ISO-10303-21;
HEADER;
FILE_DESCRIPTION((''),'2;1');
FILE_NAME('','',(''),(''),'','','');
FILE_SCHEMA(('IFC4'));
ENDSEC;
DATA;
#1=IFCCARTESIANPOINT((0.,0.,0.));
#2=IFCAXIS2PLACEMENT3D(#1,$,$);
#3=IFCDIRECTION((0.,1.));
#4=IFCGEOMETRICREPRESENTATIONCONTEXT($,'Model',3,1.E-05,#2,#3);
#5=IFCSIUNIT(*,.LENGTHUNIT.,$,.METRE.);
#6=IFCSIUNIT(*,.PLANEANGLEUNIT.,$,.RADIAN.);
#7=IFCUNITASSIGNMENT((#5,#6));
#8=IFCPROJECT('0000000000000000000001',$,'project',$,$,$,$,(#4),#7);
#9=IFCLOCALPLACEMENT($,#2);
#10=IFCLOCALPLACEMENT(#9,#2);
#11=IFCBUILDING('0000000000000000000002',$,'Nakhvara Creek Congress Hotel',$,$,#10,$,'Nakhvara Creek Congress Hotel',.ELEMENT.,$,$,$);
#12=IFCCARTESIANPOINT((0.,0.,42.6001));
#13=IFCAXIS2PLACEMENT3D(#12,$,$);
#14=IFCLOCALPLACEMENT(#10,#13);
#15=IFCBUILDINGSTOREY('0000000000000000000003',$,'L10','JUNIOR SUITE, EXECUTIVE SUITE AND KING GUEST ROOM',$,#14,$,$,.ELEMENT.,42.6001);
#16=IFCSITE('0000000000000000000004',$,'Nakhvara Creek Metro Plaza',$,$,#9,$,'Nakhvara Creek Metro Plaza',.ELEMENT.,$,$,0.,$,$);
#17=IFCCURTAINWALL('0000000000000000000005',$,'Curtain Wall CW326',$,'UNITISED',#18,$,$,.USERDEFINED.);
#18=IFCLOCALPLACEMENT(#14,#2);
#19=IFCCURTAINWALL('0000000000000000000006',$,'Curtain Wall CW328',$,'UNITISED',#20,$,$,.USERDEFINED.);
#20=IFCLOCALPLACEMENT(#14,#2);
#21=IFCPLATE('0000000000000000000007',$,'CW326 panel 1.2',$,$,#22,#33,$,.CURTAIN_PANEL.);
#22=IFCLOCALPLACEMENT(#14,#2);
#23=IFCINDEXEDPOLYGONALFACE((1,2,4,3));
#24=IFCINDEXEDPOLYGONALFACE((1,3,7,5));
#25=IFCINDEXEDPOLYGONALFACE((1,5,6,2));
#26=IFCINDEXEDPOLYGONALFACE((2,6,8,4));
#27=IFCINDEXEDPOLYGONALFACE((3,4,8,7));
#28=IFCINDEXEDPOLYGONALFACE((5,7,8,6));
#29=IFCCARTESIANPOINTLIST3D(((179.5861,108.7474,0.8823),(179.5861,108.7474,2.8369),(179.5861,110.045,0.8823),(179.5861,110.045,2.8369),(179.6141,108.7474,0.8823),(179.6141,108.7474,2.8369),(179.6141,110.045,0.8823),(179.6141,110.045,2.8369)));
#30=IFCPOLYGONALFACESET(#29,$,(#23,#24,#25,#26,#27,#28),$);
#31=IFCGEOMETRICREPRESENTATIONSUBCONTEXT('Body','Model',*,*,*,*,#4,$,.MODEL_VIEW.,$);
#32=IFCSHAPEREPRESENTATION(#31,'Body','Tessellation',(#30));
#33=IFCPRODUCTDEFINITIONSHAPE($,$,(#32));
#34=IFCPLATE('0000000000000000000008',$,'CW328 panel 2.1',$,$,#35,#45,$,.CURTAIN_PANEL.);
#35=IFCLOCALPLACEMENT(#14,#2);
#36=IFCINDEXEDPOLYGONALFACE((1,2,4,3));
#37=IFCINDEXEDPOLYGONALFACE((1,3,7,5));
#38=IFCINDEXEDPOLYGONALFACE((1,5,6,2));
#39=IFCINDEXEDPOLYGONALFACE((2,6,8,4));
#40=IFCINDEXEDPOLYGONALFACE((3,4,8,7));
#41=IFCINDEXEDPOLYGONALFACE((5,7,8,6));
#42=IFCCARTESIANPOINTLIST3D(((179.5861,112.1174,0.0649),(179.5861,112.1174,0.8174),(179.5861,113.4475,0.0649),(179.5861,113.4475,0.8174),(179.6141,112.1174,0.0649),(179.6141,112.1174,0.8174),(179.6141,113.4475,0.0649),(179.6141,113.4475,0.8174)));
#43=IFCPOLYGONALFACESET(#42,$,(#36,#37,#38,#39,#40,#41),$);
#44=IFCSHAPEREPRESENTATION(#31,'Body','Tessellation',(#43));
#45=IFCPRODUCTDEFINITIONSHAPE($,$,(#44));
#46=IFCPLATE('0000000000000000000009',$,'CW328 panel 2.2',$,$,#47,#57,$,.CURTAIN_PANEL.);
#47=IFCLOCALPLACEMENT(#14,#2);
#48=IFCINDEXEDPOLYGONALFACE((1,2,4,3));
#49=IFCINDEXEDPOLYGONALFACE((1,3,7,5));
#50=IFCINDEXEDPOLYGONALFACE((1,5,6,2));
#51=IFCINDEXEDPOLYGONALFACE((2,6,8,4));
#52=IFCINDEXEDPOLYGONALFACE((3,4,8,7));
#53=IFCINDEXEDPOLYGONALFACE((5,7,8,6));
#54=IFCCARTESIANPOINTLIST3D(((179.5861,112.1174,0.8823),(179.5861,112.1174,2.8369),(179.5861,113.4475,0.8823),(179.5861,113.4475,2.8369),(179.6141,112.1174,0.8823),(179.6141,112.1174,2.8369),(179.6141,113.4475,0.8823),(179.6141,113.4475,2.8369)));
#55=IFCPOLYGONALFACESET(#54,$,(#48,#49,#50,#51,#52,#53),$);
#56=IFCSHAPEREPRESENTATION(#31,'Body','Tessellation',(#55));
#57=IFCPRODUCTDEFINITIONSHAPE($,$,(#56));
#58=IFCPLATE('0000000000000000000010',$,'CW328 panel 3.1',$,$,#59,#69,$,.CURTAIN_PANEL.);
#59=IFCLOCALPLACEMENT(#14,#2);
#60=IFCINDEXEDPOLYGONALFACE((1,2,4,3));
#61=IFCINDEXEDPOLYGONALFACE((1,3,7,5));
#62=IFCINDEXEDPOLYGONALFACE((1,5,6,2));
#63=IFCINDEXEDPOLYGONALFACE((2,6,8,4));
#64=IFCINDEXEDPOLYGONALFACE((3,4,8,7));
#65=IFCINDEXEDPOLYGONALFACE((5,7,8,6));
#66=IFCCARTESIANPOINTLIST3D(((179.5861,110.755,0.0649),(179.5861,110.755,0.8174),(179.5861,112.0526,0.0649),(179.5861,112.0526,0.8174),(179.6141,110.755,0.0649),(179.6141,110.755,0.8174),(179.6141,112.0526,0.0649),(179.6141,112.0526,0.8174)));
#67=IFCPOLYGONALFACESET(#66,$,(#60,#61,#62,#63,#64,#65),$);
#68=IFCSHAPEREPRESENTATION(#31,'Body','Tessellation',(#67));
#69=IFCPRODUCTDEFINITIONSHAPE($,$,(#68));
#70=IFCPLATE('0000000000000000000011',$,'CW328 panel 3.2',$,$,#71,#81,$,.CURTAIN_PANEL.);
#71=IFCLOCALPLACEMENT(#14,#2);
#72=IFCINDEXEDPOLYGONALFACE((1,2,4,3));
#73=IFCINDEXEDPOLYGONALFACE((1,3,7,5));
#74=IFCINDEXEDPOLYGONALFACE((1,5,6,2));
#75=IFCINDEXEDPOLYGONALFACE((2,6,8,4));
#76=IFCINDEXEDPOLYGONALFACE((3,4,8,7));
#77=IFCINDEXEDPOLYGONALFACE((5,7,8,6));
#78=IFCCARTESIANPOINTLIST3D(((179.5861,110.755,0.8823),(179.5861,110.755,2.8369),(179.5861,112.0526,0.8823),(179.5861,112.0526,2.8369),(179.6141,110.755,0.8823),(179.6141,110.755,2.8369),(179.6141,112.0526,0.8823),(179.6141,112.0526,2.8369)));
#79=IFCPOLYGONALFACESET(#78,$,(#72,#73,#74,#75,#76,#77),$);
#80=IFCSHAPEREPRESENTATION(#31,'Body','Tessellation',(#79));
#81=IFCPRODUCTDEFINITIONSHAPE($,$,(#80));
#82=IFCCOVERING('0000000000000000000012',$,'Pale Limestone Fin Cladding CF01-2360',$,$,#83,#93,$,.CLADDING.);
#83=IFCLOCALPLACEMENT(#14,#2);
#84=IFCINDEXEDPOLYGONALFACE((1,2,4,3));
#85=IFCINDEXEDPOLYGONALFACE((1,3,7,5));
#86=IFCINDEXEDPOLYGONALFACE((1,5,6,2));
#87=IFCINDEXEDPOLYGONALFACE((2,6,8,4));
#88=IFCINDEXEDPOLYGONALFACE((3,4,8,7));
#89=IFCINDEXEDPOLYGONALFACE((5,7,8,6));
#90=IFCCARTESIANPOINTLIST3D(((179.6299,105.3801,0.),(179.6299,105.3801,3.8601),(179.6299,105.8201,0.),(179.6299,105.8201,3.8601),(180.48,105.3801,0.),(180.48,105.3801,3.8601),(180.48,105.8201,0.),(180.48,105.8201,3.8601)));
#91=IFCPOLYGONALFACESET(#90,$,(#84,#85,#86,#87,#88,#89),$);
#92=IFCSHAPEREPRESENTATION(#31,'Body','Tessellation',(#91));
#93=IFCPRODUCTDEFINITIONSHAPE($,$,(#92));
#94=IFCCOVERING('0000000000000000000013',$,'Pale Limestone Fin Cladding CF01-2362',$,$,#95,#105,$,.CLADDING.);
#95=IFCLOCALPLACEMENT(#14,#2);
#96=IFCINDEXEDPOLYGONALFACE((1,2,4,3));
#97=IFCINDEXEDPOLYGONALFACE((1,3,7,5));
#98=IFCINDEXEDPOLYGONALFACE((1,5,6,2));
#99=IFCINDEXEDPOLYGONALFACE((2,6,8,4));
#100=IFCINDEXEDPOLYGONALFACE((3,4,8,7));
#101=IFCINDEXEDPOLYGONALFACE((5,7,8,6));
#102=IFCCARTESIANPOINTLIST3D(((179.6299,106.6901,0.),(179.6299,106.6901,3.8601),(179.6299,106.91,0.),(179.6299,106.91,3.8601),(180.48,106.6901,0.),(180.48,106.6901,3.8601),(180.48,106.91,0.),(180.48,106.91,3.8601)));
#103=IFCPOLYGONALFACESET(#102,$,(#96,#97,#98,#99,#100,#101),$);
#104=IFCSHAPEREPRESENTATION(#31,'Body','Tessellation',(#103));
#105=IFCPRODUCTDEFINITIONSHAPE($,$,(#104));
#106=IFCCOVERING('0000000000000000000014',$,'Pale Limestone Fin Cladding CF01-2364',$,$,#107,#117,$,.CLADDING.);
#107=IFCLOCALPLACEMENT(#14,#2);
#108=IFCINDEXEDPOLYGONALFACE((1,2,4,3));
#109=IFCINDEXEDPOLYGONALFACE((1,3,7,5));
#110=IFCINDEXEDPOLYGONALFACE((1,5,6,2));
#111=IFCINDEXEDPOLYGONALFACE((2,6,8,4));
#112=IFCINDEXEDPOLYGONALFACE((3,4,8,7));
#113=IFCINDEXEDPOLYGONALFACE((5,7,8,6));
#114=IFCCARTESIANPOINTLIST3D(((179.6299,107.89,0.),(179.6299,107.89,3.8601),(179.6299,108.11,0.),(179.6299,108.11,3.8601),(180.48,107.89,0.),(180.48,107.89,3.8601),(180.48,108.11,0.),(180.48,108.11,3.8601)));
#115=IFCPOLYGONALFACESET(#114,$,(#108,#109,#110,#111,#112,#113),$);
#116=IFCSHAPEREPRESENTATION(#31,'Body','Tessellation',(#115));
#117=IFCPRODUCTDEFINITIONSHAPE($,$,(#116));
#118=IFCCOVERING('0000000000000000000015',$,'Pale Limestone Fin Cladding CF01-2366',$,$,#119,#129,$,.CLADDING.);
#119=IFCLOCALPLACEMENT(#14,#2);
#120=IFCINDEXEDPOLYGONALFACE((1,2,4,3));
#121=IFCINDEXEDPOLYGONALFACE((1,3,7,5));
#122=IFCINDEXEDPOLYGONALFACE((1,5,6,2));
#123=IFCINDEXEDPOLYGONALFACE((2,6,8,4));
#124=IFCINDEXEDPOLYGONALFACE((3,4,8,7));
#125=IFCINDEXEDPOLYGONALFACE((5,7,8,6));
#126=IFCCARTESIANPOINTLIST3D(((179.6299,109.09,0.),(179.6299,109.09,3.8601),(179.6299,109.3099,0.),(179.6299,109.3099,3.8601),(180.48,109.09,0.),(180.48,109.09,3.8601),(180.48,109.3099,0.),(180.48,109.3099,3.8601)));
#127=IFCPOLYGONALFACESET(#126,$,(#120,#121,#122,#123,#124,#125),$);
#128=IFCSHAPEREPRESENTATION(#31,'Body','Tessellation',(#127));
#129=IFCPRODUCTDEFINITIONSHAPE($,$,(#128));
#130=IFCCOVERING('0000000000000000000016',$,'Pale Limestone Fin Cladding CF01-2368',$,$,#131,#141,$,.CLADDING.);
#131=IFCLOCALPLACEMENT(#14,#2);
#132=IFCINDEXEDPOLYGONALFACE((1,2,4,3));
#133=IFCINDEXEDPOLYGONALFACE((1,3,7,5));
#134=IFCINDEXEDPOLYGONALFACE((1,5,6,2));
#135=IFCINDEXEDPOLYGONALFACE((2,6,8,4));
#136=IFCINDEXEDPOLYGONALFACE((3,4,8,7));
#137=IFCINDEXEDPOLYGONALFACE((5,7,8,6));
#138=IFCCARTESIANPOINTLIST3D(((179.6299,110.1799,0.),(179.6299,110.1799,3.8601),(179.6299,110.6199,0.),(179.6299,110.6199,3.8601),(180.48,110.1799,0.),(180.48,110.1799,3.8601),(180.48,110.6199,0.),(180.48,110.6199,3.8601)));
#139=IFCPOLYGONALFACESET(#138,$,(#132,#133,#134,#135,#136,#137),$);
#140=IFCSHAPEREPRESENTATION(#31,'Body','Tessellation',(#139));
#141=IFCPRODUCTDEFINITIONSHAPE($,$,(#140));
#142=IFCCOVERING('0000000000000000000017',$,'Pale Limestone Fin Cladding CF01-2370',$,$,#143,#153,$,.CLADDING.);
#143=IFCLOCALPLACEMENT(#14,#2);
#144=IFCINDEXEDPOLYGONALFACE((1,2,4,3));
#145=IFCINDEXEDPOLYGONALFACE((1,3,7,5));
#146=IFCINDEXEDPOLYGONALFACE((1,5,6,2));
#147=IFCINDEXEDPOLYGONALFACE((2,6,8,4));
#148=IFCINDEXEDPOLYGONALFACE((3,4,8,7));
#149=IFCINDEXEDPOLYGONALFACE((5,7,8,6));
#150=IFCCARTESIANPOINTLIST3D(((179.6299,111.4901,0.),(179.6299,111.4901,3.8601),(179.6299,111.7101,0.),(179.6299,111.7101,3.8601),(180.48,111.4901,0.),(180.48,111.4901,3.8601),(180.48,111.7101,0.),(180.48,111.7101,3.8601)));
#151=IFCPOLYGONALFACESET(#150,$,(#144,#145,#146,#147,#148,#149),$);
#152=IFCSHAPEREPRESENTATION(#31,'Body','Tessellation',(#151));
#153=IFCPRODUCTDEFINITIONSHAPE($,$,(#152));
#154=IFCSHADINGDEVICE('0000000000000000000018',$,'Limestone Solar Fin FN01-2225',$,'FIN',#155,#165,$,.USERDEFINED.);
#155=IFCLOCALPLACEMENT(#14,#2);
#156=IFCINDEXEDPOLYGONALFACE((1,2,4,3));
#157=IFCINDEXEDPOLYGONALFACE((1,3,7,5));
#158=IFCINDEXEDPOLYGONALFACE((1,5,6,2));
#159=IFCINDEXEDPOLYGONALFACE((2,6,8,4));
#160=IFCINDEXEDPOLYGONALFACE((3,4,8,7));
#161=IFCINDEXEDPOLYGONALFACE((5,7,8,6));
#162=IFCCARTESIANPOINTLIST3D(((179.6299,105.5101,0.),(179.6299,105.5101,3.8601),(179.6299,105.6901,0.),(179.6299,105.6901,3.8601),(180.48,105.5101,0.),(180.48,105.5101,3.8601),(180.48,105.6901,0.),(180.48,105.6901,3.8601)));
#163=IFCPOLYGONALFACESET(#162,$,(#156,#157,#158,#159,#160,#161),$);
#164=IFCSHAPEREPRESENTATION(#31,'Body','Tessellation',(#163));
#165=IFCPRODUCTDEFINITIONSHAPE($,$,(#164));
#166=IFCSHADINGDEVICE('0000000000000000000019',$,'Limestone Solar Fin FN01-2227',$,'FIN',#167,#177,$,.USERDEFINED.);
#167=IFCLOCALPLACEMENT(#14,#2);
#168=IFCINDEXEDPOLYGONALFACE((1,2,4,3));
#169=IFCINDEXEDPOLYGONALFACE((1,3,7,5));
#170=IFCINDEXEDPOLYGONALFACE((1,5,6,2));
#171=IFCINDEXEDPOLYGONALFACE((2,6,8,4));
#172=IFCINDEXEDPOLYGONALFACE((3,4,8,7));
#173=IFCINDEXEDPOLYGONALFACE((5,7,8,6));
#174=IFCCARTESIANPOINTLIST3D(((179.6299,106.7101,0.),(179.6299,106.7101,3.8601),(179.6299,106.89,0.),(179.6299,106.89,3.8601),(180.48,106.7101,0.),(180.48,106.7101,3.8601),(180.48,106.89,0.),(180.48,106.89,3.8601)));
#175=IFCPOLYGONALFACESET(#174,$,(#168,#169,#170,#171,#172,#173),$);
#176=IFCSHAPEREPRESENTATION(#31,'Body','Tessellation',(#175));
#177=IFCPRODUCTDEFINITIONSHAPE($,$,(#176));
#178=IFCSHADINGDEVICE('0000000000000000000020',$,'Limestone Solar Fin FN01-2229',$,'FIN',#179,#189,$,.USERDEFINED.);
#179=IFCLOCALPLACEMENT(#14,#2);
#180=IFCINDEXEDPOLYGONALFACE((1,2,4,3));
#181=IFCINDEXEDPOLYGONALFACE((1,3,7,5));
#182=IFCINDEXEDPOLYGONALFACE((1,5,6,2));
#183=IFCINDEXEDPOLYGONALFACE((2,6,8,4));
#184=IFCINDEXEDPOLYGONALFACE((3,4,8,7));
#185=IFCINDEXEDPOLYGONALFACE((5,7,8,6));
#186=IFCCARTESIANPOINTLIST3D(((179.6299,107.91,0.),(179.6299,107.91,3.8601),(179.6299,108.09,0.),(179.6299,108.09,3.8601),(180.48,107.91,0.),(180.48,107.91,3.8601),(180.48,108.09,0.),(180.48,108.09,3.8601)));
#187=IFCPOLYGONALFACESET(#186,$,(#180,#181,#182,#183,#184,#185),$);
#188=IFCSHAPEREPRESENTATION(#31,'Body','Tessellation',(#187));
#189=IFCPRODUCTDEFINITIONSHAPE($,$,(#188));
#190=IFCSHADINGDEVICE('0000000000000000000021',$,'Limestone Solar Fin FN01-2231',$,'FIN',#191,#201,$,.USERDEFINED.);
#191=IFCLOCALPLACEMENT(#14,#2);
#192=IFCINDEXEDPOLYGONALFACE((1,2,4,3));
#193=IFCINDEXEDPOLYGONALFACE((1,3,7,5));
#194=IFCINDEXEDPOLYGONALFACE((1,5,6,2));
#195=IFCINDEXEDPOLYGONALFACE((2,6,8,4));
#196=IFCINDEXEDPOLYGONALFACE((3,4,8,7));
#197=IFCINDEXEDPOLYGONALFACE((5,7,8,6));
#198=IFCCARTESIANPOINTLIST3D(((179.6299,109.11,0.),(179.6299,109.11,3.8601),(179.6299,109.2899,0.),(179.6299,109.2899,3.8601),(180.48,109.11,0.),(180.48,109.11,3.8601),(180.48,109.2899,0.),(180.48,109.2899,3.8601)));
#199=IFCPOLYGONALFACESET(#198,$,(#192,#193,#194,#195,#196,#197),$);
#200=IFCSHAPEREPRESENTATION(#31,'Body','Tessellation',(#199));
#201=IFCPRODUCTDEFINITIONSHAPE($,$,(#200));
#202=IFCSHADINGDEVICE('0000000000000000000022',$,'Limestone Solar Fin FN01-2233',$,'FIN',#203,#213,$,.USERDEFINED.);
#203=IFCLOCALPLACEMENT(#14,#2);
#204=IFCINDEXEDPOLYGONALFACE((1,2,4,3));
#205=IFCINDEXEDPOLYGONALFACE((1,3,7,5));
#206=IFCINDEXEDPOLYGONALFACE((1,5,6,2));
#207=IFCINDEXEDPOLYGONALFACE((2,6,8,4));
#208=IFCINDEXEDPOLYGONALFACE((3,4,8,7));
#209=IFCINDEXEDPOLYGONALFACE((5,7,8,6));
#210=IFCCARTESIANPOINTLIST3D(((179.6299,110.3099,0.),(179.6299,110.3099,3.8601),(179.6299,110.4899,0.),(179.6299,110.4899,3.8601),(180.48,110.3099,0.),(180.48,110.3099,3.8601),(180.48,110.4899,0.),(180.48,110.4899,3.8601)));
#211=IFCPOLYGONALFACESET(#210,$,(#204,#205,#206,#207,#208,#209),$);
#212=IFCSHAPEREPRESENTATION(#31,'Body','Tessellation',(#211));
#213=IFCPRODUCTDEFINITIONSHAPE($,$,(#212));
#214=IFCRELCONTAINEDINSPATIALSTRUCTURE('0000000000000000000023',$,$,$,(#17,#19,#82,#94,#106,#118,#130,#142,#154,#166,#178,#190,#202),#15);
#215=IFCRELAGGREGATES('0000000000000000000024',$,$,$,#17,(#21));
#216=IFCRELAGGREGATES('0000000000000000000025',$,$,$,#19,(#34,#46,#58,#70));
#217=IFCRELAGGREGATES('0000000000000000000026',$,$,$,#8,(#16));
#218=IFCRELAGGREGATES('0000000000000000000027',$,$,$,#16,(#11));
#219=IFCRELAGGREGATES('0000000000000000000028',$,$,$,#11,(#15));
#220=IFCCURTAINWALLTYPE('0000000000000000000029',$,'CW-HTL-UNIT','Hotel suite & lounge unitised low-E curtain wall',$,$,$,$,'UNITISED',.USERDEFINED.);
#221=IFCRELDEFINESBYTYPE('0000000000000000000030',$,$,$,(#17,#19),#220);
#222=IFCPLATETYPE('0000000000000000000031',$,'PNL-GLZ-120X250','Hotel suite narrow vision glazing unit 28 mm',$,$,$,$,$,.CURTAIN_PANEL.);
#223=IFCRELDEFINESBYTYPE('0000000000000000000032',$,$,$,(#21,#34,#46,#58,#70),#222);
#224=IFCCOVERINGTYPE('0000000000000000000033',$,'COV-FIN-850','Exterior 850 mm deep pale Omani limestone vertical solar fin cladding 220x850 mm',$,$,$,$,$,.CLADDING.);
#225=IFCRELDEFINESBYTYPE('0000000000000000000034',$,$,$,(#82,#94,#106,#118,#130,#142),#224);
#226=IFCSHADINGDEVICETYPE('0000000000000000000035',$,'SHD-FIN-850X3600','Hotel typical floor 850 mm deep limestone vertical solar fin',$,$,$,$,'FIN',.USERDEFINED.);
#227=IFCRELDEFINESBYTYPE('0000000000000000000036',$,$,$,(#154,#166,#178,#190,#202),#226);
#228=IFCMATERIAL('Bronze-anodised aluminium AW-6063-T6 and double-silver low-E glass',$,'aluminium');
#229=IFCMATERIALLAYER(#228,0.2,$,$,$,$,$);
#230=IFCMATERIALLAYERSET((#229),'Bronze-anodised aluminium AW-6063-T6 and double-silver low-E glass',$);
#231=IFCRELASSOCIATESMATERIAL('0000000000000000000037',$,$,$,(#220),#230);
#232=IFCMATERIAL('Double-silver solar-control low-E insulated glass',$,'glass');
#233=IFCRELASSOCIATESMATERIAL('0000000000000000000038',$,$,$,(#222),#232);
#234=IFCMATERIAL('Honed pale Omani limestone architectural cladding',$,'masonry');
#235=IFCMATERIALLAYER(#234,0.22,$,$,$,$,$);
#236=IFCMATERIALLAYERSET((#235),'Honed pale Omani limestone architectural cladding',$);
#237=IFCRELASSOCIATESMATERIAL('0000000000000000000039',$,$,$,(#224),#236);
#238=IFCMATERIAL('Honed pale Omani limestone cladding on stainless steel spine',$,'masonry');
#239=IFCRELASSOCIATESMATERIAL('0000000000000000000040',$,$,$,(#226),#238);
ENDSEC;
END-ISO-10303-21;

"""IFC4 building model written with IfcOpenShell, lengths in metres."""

from ifc_helpers import new_model, si_unit, direction, frame, origin, origin_2d, place, context, subcontext, project, spatial, rectangle, extrude, material, layer, layer_set, type_object, element, aggregate, save


model = new_model("IFC4")

# Units and contexts
model_context = context("Model", 3, precision=1e-05, world=origin(), true_north=direction((0.0, 1.0)))
body_context = subcontext(model_context, "Body", "Model", "MODEL_VIEW")
ifc_project = project(units=[si_unit("LENGTHUNIT", "METRE"), si_unit("PLANEANGLEUNIT", "RADIAN")], contexts=[model_context])

# Site, building, storey
site_placement = place(None, origin())
site = spatial("IfcSite", under=ifc_project, at=site_placement, Name="Nakhvara Creek Metro Plaza", LongName="Nakhvara Creek Metro Plaza", CompositionType="ELEMENT", RefElevation=0.0)
building_placement = place(site_placement, origin())
building = spatial("IfcBuilding", under=site, at=building_placement, Name="Nakhvara Creek Congress Hotel", LongName="Nakhvara Creek Congress Hotel", CompositionType="ELEMENT")
storey_placement = place(building_placement, frame((0.0, 0.0, 42.6001)))
storey = spatial("IfcBuildingStorey", under=building, at=storey_placement, Name="L10", Description="JUNIOR SUITE, EXECUTIVE SUITE AND KING GUEST ROOM", CompositionType="ELEMENT", Elevation=42.6001)

# Curtain walls
ifc_material_1 = material(Name="Bronze-anodised aluminium AW-6063-T6 and double-silver low-E glass", Category="aluminium")
ifc_layer_1 = layer(ifc_material_1, 0.2)
ifc_layer_set_1 = layer_set([ifc_layer_1], Name="Bronze-anodised aluminium AW-6063-T6 and double-silver low-E glass")
curtain_wall_type = type_object("IfcCurtainWallType", Name="CW-HTL-UNIT", Description="Hotel suite & lounge unitised low-E curtain wall", ElementType="UNITISED", PredefinedType="USERDEFINED", material=ifc_layer_set_1)
curtain_wall_1_placement = place(storey_placement, origin())
curtain_wall_1 = element("IfcCurtainWall", 1, at=curtain_wall_1_placement, inside=storey, type_object=curtain_wall_type, Name="Curtain Wall CW326", ObjectType="UNITISED", PredefinedType="USERDEFINED")
curtain_wall_2_placement = place(storey_placement, origin())
curtain_wall_2 = element("IfcCurtainWall", 2, at=curtain_wall_2_placement, inside=storey, type_object=curtain_wall_type, Name="Curtain Wall CW328", ObjectType="UNITISED", PredefinedType="USERDEFINED")

# Plates
ifc_material_2 = material(Name="Double-silver solar-control low-E insulated glass", Category="glass")
plate_type = type_object("IfcPlateType", Name="PNL-GLZ-120X250", Description="Hotel suite narrow vision glazing unit 28 mm", PredefinedType="CURTAIN_PANEL", material=ifc_material_2)
plate_1_placement = place(storey_placement, frame((179.6001, 109.3962, 0.8823), z_axis=(0.0, 0.0, 1.0), x_axis=(0.0, -1.0, 0.0)))
plate_1 = element("IfcPlate", 3, at=plate_1_placement, type_object=plate_type, Name="CW326 panel 1.2", PredefinedType="CURTAIN_PANEL", context=body_context, shape_type="SweptSolid", body=[
    extrude(rectangle(XDim=1.2976, YDim=0.0281, at=origin_2d()), origin(), (0.0, 0.0, 1.0), 1.9546),
])
aggregate(curtain_wall_1, [plate_1])
plate_2_placement = place(storey_placement, frame((179.6001, 112.7825, 0.0649), z_axis=(0.0, 0.0, 1.0), x_axis=(0.0, -1.0, 0.0)))
plate_2 = element("IfcPlate", 4, at=plate_2_placement, type_object=plate_type, Name="CW328 panel 2.1", PredefinedType="CURTAIN_PANEL", context=body_context, shape_type="SweptSolid", body=[
    extrude(rectangle(XDim=1.3301, YDim=0.0281, at=origin_2d()), origin(), (0.0, 0.0, 1.0), 0.7524),
])
plate_3_placement = place(storey_placement, frame((179.6001, 112.7825, 0.8823), z_axis=(0.0, 0.0, 1.0), x_axis=(0.0, -1.0, 0.0)))
plate_3 = element("IfcPlate", 5, at=plate_3_placement, type_object=plate_type, Name="CW328 panel 2.2", PredefinedType="CURTAIN_PANEL", context=body_context, shape_type="SweptSolid", body=[
    extrude(rectangle(XDim=1.3301, YDim=0.0281, at=origin_2d()), origin(), (0.0, 0.0, 1.0), 1.9546),
])
plate_4_placement = place(storey_placement, frame((179.6001, 111.4038, 0.0649), z_axis=(0.0, 0.0, 1.0), x_axis=(0.0, -1.0, 0.0)))
plate_4 = element("IfcPlate", 6, at=plate_4_placement, type_object=plate_type, Name="CW328 panel 3.1", PredefinedType="CURTAIN_PANEL", context=body_context, shape_type="SweptSolid", body=[
    extrude(rectangle(XDim=1.2976, YDim=0.0281, at=origin_2d()), origin(), (0.0, 0.0, 1.0), 0.7524),
])
plate_5_placement = place(storey_placement, frame((179.6001, 111.4038, 0.8823), z_axis=(0.0, 0.0, 1.0), x_axis=(0.0, -1.0, 0.0)))
plate_5 = element("IfcPlate", 7, at=plate_5_placement, type_object=plate_type, Name="CW328 panel 3.2", PredefinedType="CURTAIN_PANEL", context=body_context, shape_type="SweptSolid", body=[
    extrude(rectangle(XDim=1.2976, YDim=0.0281, at=origin_2d()), origin(), (0.0, 0.0, 1.0), 1.9546),
])
aggregate(curtain_wall_2, [plate_2, plate_3, plate_4, plate_5])

# Coverings
ifc_material_3 = material(Name="Honed pale Omani limestone architectural cladding", Category="masonry")
ifc_layer_2 = layer(ifc_material_3, 0.22)
ifc_layer_set_2 = layer_set([ifc_layer_2], Name="Honed pale Omani limestone architectural cladding")
covering_type = type_object("IfcCoveringType", Name="COV-FIN-850", Description="Exterior 850 mm deep pale Omani limestone vertical solar fin cladding 220x850 mm", PredefinedType="CLADDING", material=ifc_layer_set_2)
covering_1_placement = place(storey_placement, frame((180.0549, 105.6001, 0.0), z_axis=(0.0, 0.0, 1.0), x_axis=(0.0, 1.0, 0.0)))
element("IfcCovering", 8, at=covering_1_placement, inside=storey, type_object=covering_type, Name="Pale Limestone Fin Cladding CF01-2360", PredefinedType="CLADDING", context=body_context, shape_type="SweptSolid", body=[
    extrude(rectangle(XDim=0.4399, YDim=0.8501, at=origin_2d()), origin(), (0.0, 0.0, 1.0), 3.8601),
])
for number, where, z_axis, x_axis, name in (
    (9, (180.0549, 106.8, 0.0), (0.0, 0.0, 1.0), (0.0, 1.0, 0.0), "Pale Limestone Fin Cladding CF01-2362"),
    (10, (180.0549, 108.0, 0.0), (0.0, 0.0, 1.0), (0.0, 1.0, 0.0), "Pale Limestone Fin Cladding CF01-2364"),
    (11, (180.0549, 109.2, 0.0), (0.0, 0.0, 1.0), (0.0, 1.0, 0.0), "Pale Limestone Fin Cladding CF01-2366"),
):
    element("IfcCovering", number, at=place(storey_placement, frame(where, z_axis=z_axis, x_axis=x_axis)), inside=storey, type_object=covering_type, Name=name, PredefinedType="CLADDING", context=body_context, shape_type="SweptSolid", body=[
        extrude(rectangle(XDim=0.22, YDim=0.8501, at=origin_2d()), origin(), (0.0, 0.0, 1.0), 3.8601),
    ])
covering_2_placement = place(storey_placement, frame((180.0549, 110.3999, 0.0), z_axis=(0.0, 0.0, 1.0), x_axis=(0.0, 1.0, 0.0)))
element("IfcCovering", 12, at=covering_2_placement, inside=storey, type_object=covering_type, Name="Pale Limestone Fin Cladding CF01-2368", PredefinedType="CLADDING", context=body_context, shape_type="SweptSolid", body=[
    extrude(rectangle(XDim=0.4399, YDim=0.8501, at=origin_2d()), origin(), (0.0, 0.0, 1.0), 3.8601),
])
covering_3_placement = place(storey_placement, frame((180.0549, 111.6001, 0.0), z_axis=(0.0, 0.0, 1.0), x_axis=(0.0, 1.0, 0.0)))
element("IfcCovering", 13, at=covering_3_placement, inside=storey, type_object=covering_type, Name="Pale Limestone Fin Cladding CF01-2370", PredefinedType="CLADDING", context=body_context, shape_type="SweptSolid", body=[
    extrude(rectangle(XDim=0.22, YDim=0.8501, at=origin_2d()), origin(), (0.0, 0.0, 1.0), 3.8601),
])

# Shading devices
ifc_material_4 = material(Name="Honed pale Omani limestone cladding on stainless steel spine", Category="masonry")
shading_device_type = type_object("IfcShadingDeviceType", Name="SHD-FIN-850X3600", Description="Hotel typical floor 850 mm deep limestone vertical solar fin", ElementType="FIN", PredefinedType="USERDEFINED", material=ifc_material_4)
for number, where, z_axis, x_axis, name in (
    (14, (180.0549, 105.6001, 0.0), (0.0, 0.0, 1.0), (0.0, 1.0, 0.0), "Limestone Solar Fin FN01-2225"),
    (15, (180.0549, 106.8, 0.0), (0.0, 0.0, 1.0), (0.0, 1.0, 0.0), "Limestone Solar Fin FN01-2227"),
    (16, (180.0549, 108.0, 0.0), (0.0, 0.0, 1.0), (0.0, 1.0, 0.0), "Limestone Solar Fin FN01-2229"),
    (17, (180.0549, 109.2, 0.0), (0.0, 0.0, 1.0), (0.0, 1.0, 0.0), "Limestone Solar Fin FN01-2231"),
    (18, (180.0549, 110.3999, 0.0), (0.0, 0.0, 1.0), (0.0, 1.0, 0.0), "Limestone Solar Fin FN01-2233"),
):
    element("IfcShadingDevice", number, at=place(storey_placement, frame(where, z_axis=z_axis, x_axis=x_axis)), inside=storey, type_object=shading_device_type, Name=name, ObjectType="FIN", PredefinedType="USERDEFINED", context=body_context, shape_type="SweptSolid", body=[
        extrude(rectangle(XDim=0.1799, YDim=0.8501, at=origin_2d()), origin(), (0.0, 0.0, 1.0), 3.8601),
    ])

save(model, "model.ifc")
